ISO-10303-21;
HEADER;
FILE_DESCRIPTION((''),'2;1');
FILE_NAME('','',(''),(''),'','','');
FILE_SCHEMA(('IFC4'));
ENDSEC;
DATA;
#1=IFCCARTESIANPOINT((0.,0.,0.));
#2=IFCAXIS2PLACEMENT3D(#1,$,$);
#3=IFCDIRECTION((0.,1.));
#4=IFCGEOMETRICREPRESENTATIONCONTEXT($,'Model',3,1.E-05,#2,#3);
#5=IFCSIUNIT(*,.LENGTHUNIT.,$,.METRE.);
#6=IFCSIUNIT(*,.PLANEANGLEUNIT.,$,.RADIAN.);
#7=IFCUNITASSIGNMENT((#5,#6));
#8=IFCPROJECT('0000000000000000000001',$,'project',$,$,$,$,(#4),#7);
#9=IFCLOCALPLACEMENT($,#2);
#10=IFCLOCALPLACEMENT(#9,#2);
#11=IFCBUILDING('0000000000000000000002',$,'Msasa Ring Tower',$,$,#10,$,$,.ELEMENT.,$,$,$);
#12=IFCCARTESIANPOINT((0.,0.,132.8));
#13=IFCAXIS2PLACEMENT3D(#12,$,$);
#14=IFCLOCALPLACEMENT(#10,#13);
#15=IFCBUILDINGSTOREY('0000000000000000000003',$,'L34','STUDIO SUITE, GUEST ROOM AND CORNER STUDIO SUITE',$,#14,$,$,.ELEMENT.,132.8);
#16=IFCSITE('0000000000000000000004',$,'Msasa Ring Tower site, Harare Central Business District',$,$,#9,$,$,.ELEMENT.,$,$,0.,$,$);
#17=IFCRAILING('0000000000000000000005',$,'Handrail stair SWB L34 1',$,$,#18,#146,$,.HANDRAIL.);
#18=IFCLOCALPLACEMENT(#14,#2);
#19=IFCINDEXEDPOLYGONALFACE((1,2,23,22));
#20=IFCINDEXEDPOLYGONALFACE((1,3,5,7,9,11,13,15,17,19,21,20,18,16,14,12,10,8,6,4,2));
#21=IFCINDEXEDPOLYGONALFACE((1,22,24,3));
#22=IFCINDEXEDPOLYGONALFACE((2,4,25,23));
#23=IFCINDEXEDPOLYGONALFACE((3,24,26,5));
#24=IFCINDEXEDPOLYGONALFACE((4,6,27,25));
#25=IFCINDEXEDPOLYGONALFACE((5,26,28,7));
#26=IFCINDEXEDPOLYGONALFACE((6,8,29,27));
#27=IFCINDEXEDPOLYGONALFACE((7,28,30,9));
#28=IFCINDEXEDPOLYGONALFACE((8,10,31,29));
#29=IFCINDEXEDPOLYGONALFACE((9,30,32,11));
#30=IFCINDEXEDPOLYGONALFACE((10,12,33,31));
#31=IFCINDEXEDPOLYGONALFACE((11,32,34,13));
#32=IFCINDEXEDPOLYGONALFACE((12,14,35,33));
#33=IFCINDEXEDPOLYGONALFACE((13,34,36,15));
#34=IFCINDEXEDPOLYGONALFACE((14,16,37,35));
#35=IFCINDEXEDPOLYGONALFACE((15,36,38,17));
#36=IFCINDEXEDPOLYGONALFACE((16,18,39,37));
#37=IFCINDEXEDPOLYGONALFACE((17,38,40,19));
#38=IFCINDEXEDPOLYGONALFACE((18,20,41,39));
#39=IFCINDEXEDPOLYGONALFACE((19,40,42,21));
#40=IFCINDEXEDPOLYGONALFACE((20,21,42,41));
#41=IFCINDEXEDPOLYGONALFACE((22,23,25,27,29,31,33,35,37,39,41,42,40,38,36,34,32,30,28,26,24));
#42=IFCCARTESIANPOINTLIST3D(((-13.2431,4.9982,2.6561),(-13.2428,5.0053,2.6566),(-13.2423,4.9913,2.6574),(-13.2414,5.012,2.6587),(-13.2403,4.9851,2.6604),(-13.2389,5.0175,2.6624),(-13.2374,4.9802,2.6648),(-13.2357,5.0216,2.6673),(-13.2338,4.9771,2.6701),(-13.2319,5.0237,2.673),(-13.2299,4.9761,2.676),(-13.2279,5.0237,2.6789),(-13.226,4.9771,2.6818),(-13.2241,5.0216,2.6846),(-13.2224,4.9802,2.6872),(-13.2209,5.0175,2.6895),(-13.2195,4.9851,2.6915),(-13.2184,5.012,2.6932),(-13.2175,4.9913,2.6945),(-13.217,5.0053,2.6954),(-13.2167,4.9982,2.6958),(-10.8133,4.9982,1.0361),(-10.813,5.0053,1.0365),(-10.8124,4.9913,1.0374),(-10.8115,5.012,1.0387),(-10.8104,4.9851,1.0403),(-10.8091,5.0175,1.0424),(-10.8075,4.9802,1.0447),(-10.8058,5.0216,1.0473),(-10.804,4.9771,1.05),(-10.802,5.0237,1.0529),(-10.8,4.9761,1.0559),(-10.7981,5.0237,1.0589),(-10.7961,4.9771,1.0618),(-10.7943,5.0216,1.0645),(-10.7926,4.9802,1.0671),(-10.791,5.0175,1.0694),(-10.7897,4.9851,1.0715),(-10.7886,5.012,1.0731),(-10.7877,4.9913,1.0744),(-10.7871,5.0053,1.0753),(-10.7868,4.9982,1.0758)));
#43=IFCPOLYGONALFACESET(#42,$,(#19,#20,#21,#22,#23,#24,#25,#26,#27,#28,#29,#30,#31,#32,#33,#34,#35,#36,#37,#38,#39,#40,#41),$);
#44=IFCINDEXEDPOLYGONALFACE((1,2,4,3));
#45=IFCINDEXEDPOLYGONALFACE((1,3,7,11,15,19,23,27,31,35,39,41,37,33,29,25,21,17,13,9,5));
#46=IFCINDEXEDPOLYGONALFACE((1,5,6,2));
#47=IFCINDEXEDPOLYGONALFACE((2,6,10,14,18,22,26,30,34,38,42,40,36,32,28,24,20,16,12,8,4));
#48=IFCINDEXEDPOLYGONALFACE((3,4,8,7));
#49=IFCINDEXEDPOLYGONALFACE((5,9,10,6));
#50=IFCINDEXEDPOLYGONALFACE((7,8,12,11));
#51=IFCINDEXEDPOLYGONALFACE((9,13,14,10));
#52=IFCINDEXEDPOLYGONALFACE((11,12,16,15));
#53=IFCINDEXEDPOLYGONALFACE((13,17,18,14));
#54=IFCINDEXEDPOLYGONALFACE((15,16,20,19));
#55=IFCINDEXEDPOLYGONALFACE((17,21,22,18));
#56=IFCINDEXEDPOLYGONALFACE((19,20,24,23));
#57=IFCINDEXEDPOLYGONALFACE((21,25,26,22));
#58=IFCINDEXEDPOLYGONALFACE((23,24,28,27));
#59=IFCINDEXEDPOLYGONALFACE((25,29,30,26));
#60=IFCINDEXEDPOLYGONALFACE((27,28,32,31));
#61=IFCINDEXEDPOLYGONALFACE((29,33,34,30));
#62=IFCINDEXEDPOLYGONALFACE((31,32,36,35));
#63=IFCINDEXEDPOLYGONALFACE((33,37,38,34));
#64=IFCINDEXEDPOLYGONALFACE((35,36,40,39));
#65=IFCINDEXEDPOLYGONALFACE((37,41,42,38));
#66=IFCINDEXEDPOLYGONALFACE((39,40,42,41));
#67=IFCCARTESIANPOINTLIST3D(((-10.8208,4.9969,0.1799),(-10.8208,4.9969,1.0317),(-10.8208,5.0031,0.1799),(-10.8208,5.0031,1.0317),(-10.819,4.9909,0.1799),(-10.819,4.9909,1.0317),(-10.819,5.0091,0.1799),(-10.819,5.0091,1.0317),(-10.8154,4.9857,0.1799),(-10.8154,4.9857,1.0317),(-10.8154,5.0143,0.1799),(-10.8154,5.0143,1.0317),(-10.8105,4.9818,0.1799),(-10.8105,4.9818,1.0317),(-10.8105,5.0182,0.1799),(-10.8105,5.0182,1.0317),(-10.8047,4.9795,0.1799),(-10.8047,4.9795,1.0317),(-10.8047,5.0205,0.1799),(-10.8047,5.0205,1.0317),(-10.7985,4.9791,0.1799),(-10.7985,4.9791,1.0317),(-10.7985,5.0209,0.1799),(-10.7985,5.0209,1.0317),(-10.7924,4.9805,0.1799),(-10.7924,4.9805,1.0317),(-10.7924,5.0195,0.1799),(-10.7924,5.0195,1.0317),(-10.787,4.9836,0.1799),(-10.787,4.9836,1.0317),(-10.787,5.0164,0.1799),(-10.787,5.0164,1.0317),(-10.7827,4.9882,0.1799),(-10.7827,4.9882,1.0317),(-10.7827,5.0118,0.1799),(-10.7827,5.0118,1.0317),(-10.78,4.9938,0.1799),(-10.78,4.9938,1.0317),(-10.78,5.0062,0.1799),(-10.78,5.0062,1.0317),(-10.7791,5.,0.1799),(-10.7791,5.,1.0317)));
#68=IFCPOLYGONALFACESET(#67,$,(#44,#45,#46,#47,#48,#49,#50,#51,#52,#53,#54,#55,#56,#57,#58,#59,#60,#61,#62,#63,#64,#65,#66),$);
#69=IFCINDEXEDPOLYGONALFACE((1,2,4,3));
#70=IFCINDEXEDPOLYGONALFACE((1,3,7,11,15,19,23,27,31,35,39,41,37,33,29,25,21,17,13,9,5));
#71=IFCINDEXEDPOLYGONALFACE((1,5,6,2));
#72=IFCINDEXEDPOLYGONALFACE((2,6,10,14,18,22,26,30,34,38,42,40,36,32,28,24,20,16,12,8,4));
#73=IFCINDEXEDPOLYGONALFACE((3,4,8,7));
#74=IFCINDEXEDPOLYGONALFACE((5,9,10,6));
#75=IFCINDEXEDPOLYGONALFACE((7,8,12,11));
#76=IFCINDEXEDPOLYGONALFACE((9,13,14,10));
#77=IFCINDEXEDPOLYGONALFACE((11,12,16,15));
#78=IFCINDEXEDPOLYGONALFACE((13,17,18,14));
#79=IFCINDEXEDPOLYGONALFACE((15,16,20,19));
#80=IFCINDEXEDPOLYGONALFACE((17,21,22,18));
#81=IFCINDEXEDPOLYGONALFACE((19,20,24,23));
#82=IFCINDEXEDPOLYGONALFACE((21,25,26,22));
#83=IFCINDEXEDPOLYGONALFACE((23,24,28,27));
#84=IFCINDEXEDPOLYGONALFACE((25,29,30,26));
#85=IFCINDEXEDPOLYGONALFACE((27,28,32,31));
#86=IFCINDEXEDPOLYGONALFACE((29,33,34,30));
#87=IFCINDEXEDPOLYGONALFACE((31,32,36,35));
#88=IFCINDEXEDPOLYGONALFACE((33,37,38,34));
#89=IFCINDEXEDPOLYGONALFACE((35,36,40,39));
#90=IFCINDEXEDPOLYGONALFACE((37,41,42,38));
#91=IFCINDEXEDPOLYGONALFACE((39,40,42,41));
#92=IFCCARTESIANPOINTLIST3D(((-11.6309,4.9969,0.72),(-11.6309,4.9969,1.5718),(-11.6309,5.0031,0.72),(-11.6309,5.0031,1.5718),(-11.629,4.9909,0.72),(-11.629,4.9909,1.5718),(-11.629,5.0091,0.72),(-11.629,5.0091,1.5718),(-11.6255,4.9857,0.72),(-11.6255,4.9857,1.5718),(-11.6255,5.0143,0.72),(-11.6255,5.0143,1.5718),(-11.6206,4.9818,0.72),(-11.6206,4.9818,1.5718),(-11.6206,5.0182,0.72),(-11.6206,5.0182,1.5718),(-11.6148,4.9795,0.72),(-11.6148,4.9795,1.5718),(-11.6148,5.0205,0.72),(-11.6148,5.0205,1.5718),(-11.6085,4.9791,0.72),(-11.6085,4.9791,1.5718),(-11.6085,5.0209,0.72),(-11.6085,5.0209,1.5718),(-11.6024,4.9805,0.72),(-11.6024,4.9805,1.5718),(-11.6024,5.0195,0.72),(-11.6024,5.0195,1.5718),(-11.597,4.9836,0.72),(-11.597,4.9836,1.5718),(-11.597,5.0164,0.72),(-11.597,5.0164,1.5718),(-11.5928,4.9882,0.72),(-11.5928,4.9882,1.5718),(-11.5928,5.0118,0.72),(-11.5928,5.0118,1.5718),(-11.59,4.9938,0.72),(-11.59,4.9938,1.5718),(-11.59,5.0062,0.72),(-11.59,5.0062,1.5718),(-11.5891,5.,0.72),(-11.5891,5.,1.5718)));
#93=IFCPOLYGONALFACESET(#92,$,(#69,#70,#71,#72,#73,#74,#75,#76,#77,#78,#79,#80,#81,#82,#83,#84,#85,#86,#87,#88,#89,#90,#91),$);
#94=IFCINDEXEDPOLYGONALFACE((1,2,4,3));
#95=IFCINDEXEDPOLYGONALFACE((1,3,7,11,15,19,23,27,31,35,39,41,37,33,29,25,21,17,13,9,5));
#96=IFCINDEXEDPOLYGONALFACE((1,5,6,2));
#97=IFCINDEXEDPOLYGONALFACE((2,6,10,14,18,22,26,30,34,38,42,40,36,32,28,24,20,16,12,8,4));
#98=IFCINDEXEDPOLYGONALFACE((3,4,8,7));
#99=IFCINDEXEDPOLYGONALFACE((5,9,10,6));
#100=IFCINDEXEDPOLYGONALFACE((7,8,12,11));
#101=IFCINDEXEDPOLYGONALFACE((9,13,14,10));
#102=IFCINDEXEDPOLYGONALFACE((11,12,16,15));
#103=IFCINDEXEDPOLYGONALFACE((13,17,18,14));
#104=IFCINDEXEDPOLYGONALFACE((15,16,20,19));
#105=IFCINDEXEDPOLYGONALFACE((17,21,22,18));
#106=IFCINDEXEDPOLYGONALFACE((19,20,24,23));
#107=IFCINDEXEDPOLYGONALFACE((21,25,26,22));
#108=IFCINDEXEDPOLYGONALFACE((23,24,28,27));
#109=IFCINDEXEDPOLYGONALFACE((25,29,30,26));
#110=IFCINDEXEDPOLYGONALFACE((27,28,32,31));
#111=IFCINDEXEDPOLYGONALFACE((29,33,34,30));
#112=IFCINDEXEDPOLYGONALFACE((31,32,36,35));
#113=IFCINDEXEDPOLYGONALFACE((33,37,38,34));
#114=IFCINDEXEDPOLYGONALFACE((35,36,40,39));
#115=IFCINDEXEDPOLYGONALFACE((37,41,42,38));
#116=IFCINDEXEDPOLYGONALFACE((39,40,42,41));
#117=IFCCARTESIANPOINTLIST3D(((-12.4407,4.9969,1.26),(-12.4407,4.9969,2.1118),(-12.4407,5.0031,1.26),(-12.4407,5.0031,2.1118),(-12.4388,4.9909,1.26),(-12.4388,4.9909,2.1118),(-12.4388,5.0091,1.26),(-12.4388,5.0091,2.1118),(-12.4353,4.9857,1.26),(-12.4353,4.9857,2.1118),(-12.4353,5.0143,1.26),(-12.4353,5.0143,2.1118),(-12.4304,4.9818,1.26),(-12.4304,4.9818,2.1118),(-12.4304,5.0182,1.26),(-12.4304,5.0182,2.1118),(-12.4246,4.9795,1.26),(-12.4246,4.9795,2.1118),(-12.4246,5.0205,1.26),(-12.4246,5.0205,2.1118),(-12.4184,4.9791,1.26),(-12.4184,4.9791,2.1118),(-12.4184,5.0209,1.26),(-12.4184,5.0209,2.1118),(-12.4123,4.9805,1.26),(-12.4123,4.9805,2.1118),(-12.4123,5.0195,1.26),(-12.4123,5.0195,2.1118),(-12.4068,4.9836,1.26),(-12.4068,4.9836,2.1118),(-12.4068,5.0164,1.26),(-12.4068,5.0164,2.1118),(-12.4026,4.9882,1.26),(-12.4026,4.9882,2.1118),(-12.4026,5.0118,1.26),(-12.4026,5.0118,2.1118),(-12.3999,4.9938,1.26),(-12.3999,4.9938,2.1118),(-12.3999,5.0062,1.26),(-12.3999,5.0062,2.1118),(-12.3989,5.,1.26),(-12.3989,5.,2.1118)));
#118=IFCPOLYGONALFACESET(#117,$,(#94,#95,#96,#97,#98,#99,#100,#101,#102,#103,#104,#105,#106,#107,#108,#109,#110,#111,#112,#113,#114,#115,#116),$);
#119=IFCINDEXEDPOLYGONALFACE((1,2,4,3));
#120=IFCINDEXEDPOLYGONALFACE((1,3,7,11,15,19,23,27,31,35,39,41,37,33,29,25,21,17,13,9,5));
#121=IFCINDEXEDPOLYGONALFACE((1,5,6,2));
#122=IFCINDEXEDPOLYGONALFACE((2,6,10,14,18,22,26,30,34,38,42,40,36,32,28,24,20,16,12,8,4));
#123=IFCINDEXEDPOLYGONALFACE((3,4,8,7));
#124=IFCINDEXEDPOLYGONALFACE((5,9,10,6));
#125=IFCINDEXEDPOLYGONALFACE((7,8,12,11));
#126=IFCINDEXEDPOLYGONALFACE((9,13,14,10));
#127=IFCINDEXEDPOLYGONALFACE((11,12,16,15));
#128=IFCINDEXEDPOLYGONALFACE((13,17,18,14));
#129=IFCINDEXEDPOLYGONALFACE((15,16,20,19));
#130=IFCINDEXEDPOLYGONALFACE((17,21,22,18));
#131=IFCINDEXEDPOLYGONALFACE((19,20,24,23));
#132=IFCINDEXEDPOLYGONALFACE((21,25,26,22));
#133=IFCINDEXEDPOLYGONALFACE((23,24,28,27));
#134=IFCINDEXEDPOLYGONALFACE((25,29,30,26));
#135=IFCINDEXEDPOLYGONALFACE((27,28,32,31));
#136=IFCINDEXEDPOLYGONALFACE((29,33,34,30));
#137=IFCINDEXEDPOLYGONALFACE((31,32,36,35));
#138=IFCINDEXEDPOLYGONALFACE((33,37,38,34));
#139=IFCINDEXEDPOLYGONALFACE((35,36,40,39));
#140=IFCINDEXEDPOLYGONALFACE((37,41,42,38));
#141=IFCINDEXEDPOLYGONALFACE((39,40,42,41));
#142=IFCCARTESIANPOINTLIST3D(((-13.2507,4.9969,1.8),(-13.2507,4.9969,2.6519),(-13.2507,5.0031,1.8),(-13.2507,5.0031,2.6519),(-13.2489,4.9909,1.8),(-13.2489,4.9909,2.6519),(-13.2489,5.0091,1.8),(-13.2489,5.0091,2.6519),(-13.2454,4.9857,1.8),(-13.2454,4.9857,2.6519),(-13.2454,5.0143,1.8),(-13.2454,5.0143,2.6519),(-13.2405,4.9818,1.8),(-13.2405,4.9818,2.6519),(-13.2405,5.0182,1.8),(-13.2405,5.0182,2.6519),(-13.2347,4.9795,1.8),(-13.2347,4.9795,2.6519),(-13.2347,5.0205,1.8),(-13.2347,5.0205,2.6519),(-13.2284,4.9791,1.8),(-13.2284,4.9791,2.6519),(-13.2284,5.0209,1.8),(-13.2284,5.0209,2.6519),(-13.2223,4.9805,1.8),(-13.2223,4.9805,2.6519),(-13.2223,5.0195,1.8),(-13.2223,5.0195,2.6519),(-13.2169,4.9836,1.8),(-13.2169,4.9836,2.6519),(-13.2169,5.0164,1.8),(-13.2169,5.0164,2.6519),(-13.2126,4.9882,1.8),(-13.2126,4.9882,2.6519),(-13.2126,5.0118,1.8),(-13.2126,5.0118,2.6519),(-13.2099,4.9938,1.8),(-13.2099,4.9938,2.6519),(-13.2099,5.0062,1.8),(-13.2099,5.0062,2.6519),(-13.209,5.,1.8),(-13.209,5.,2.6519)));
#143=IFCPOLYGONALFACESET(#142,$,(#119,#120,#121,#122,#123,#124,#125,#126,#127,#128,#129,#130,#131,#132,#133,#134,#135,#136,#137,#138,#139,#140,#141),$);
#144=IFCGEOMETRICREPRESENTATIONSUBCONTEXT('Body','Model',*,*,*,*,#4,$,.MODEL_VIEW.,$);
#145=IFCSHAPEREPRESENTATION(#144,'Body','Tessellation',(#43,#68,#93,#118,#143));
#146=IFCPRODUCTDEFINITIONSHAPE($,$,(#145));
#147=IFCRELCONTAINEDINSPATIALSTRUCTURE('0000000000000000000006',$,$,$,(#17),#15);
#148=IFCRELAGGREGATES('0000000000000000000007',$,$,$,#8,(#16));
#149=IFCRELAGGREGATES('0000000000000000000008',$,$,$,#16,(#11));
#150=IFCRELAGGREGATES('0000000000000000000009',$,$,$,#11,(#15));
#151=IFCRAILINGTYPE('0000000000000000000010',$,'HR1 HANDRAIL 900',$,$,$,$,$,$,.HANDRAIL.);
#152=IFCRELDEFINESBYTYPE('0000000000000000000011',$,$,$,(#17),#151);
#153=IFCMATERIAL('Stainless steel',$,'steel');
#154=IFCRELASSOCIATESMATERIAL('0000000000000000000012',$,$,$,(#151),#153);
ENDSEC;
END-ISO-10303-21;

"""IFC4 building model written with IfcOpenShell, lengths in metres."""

from ifc_helpers import new_model, si_unit, direction, frame, origin, origin_2d, place, context, subcontext, project, spatial, circle, extrude, material, type_object, element, save


model = new_model("IFC4")

# Units and contexts
model_context = context("Model", 3, precision=1e-05, world=origin(), true_north=direction((0.0, 1.0)))
body_context = subcontext(model_context, "Body", "Model", "MODEL_VIEW")
ifc_project = project(units=[si_unit("LENGTHUNIT", "METRE"), si_unit("PLANEANGLEUNIT", "RADIAN")], contexts=[model_context])

# Site, building, storey
site_placement = place(None, origin())
site = spatial("IfcSite", under=ifc_project, at=site_placement, Name="Msasa Ring Tower site, Harare Central Business District", CompositionType="ELEMENT", RefElevation=0.0)
building_placement = place(site_placement, origin())
building = spatial("IfcBuilding", under=site, at=building_placement, Name="Msasa Ring Tower", CompositionType="ELEMENT")
storey_placement = place(building_placement, frame((0.0, 0.0, 132.8)))
storey = spatial("IfcBuildingStorey", under=building, at=storey_placement, Name="L34", Description="STUDIO SUITE, GUEST ROOM AND CORNER STUDIO SUITE", CompositionType="ELEMENT", Elevation=132.8)

# Railing
ifc_material_1 = material(Name="Stainless steel", Category="steel")
railing_type = type_object("IfcRailingType", Name="HR1 HANDRAIL 900", PredefinedType="HANDRAIL", material=ifc_material_1)
for number, where, name in (
    (1, (-10.8, 5.0, 0.1799), "Handrail stair SWB L34 1"),
):
    element("IfcRailing", number, at=place(storey_placement, frame(where)), inside=storey, type_object=railing_type, Name=name, PredefinedType="HANDRAIL", context=body_context, shape_type="SweptSolid", body=[
        extrude(circle(Radius=0.0239, at=origin_2d()), frame((0.0, 0.0, 0.876), z_axis=(-0.832025, 0.0, 0.554739), x_axis=(0.0, -1.0, 0.0)), (0.0, 0.0, 1.0), 2.9204),
        extrude(circle(Radius=0.021, at=origin_2d()), origin(), (0.0, 0.0, 1.0), 0.8518),
        extrude(circle(Radius=0.021, at=origin_2d()), frame((-0.8101, 0.0, 0.54)), (0.0, 0.0, 1.0), 0.8518),
        extrude(circle(Radius=0.021, at=origin_2d()), frame((-1.6199, 0.0, 1.0801)), (0.0, 0.0, 1.0), 0.8518),
        extrude(circle(Radius=0.021, at=origin_2d()), frame((-2.4299, 0.0, 1.6201)), (0.0, 0.0, 1.0), 0.8518),
    ])

save(model, "model.ifc")
